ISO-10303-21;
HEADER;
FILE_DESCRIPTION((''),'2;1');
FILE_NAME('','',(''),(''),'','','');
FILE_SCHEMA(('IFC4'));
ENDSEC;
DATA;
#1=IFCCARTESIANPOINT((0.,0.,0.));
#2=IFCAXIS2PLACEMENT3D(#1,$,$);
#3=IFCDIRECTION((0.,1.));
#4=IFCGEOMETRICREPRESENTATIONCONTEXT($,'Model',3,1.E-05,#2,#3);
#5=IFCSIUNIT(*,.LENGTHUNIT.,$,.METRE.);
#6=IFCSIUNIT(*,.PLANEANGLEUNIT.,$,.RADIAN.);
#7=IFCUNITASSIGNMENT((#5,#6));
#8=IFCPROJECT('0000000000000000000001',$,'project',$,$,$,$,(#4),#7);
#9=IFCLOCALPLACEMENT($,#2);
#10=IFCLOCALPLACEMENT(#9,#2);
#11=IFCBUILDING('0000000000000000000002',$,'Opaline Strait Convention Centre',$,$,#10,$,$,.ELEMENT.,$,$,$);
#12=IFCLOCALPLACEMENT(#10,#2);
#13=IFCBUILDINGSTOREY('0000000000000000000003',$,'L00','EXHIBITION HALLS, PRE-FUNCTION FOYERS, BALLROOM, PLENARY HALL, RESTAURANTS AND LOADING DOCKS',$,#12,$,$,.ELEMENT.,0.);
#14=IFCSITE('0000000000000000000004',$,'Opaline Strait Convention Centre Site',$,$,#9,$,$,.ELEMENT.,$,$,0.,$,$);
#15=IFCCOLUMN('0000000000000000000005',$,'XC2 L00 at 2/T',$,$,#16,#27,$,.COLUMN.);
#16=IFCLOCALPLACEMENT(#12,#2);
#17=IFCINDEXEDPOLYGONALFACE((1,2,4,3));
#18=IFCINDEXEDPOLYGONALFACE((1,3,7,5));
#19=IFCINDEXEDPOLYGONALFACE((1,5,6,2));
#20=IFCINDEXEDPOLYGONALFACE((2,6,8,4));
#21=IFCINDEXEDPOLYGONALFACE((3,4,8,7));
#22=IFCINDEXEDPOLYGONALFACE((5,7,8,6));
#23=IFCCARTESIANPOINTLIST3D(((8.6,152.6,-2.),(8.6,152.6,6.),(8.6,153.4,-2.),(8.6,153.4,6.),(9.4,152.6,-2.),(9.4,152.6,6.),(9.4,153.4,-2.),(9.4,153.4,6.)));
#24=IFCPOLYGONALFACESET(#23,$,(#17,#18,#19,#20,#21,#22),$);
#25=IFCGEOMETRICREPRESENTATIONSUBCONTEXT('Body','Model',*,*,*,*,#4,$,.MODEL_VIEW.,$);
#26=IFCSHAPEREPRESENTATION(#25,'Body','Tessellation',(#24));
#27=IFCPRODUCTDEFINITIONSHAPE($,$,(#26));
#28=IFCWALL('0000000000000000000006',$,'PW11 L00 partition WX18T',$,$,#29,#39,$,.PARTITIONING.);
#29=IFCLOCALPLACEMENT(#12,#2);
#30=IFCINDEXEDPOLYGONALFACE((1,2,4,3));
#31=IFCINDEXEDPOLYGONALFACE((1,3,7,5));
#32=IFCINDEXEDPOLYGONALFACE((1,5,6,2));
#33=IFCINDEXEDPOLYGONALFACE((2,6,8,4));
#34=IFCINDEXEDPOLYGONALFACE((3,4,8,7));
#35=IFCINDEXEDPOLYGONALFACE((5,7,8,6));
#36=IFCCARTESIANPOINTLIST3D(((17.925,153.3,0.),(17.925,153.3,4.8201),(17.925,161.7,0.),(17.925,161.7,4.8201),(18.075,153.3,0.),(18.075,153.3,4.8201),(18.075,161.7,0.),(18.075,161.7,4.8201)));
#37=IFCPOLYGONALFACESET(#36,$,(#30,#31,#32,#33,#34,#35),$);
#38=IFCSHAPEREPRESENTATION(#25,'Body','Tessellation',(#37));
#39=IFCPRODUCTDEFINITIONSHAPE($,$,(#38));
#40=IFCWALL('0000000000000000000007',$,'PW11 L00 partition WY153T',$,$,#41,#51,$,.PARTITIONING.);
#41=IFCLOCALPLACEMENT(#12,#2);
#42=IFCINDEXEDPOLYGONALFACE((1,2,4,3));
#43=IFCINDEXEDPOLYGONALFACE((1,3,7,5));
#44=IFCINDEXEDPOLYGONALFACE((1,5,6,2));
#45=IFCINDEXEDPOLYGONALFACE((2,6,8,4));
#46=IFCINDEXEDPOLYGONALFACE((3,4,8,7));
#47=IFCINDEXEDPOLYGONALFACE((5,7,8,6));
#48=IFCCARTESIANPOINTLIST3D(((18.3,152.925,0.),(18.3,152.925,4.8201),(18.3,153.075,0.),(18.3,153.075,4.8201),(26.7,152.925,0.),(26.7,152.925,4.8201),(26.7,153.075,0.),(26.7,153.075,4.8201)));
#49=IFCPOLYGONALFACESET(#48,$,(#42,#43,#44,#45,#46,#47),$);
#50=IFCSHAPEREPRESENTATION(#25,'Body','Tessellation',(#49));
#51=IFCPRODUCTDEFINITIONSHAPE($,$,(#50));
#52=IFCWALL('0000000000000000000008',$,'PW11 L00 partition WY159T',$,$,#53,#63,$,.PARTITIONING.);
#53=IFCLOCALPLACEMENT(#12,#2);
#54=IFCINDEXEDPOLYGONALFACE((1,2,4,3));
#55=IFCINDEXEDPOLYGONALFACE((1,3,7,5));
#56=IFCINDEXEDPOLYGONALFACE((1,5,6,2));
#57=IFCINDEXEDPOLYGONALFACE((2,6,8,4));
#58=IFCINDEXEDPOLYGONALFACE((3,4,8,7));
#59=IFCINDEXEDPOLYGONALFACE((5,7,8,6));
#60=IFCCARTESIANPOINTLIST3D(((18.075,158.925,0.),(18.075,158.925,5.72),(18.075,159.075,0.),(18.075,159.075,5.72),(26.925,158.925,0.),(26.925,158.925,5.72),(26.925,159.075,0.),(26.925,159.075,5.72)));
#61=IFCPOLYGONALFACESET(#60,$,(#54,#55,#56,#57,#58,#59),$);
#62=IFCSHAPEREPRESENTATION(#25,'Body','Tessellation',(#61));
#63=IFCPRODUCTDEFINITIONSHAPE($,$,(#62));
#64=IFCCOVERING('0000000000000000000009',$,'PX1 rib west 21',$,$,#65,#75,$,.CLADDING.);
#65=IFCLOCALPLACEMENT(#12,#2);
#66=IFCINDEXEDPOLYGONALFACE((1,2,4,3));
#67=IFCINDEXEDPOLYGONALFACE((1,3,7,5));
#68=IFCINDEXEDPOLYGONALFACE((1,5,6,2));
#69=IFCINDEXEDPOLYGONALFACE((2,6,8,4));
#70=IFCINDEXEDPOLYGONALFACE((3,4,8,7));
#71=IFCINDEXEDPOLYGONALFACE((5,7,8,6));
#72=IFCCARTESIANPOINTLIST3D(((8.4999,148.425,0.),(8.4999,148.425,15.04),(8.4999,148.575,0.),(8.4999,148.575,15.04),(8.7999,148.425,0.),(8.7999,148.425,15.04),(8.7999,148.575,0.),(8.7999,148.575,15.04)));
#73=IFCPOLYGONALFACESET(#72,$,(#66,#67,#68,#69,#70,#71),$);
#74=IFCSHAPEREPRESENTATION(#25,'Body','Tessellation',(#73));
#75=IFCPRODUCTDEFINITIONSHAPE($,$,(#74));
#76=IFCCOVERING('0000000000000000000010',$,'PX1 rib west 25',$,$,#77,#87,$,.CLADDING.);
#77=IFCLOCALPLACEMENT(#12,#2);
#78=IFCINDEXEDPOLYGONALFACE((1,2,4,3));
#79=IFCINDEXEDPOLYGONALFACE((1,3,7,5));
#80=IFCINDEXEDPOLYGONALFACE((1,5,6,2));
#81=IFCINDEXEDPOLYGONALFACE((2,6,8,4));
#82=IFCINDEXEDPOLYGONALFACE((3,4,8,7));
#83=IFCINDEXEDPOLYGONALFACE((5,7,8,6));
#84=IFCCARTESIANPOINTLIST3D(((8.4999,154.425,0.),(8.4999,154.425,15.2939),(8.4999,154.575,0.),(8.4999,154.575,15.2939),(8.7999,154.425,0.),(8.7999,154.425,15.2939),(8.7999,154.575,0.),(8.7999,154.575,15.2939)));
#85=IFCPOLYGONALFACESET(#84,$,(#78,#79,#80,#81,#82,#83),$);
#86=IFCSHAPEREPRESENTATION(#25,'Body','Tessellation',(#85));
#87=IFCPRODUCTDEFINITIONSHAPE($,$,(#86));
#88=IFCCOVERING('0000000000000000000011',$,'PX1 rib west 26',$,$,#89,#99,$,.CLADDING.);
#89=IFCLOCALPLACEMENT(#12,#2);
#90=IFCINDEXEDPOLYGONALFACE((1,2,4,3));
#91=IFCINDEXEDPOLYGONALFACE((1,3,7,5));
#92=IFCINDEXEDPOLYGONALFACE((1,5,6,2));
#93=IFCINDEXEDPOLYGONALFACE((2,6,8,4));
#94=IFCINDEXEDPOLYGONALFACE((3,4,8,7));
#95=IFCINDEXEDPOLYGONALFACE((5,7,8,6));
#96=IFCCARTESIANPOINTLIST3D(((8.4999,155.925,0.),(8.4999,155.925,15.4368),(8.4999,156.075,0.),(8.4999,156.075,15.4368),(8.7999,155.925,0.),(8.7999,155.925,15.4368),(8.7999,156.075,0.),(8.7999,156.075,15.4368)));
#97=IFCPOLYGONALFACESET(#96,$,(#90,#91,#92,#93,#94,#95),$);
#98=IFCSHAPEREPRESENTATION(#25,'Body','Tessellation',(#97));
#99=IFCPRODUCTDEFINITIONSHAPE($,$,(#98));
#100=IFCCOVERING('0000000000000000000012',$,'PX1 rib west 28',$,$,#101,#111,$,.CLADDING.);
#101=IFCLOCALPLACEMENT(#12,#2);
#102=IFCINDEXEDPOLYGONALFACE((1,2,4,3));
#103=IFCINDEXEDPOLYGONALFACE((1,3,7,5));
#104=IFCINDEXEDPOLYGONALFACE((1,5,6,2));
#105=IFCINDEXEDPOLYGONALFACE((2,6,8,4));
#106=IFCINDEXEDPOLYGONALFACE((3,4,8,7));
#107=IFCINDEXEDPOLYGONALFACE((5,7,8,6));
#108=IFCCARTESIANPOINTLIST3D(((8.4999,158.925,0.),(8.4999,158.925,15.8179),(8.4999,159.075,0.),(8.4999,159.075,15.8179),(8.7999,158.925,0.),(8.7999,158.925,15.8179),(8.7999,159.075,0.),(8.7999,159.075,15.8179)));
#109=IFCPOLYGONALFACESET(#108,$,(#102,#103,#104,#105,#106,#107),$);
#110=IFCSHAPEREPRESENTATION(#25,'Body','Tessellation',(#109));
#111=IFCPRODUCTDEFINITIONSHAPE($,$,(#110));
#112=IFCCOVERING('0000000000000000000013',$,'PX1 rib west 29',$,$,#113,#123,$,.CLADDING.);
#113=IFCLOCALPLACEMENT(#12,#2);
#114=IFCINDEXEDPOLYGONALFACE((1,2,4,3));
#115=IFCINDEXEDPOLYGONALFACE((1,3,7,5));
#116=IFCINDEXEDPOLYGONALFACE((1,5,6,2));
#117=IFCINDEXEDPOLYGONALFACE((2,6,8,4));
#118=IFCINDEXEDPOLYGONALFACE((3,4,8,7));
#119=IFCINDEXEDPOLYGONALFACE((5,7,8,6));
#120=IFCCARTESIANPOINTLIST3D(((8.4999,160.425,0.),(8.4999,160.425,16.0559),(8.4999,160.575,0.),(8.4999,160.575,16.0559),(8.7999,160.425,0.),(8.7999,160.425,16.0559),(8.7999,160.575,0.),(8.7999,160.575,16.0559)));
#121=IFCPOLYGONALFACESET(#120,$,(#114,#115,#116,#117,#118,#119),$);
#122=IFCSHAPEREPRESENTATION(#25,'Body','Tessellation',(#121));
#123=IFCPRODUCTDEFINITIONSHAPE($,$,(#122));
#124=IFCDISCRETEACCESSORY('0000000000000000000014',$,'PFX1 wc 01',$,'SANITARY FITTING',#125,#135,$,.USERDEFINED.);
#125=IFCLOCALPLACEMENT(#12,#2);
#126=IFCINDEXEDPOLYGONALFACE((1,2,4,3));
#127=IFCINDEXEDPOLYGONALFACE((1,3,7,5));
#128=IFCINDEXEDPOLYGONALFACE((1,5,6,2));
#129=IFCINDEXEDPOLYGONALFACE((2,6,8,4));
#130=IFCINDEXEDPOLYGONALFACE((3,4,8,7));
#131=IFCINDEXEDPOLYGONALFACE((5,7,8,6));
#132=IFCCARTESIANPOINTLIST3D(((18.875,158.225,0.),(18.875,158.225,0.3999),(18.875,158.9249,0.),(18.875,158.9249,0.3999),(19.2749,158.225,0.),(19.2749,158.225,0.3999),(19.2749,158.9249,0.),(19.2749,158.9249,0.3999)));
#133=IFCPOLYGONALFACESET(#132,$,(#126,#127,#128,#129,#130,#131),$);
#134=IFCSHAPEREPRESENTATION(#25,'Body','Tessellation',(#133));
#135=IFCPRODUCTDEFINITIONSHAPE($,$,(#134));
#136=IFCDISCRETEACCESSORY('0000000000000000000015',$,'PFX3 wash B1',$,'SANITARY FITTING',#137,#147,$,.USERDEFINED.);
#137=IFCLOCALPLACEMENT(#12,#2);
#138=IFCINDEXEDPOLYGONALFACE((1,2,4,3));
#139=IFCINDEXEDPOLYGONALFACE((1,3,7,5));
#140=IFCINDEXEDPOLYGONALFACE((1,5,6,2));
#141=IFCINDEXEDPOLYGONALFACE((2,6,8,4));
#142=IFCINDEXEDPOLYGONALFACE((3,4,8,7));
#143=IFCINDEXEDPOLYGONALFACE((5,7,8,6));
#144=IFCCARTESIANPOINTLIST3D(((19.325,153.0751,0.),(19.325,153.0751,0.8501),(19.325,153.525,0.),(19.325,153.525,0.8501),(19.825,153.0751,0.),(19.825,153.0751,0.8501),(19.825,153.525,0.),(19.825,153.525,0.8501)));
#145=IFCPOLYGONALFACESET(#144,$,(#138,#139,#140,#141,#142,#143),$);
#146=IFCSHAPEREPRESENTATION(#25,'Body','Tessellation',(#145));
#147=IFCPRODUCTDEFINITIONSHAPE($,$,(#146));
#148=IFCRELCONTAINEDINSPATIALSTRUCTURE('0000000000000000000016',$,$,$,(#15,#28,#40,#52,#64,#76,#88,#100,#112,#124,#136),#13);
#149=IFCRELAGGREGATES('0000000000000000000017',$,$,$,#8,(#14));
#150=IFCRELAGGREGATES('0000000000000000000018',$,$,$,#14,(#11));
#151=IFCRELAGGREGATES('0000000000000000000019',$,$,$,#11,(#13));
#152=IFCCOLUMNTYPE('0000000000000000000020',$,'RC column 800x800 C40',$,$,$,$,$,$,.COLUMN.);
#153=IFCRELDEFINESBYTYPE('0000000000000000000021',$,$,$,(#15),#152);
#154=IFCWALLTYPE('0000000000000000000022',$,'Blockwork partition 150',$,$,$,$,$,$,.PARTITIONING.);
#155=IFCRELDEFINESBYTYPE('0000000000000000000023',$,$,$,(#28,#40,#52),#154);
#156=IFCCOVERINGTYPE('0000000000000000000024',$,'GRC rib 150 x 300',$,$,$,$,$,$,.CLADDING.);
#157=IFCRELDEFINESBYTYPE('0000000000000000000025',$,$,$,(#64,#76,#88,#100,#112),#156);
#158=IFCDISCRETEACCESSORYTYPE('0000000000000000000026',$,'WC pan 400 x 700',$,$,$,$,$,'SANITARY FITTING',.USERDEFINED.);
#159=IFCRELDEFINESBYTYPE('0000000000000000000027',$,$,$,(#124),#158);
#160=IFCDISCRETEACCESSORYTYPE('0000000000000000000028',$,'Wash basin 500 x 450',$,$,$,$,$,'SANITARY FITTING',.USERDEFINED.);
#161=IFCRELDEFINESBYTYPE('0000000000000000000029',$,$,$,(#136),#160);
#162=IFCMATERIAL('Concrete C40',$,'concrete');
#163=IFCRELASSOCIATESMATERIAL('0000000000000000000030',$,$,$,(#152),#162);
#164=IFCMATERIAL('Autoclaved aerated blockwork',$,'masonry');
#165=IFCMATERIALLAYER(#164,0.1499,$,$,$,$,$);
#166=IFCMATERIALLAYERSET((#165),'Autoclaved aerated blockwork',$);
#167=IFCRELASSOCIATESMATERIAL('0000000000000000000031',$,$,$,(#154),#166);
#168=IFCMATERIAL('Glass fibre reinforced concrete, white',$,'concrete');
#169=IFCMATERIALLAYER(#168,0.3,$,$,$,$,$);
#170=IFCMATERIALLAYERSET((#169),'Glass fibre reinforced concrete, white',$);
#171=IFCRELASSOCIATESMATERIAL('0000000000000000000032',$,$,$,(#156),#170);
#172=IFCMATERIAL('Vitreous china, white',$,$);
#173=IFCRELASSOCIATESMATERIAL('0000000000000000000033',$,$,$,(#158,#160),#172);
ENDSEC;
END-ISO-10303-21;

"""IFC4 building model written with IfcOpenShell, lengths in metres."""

from ifc_helpers import new_model, si_unit, direction, frame, frame_2d, origin, origin_2d, place, context, subcontext, project, spatial, rectangle, extrude, material, layer, layer_set, material_profile, profile_set, type_object, element, save


model = new_model("IFC4")

# Units and contexts
model_context = context("Model", 3, precision=1e-05, world=origin(), true_north=direction((0.0, 1.0)))
body_context = subcontext(model_context, "Body", "Model", "MODEL_VIEW")
ifc_project = project(units=[si_unit("LENGTHUNIT", "METRE"), si_unit("PLANEANGLEUNIT", "RADIAN")], contexts=[model_context])

# Site, building, storey
site_placement = place(None, origin())
site = spatial("IfcSite", under=ifc_project, at=site_placement, Name="Opaline Strait Convention Centre Site", CompositionType="ELEMENT", RefElevation=0.0)
building_placement = place(site_placement, origin())
building = spatial("IfcBuilding", under=site, at=building_placement, Name="Opaline Strait Convention Centre", CompositionType="ELEMENT")
storey_placement = place(building_placement, origin())
storey = spatial("IfcBuildingStorey", under=building, at=storey_placement, Name="L00", Description="EXHIBITION HALLS, PRE-FUNCTION FOYERS, BALLROOM, PLENARY HALL, RESTAURANTS AND LOADING DOCKS", CompositionType="ELEMENT", Elevation=0.0)

# Column
ifc_material_1 = material(Name="Concrete C40", Category="concrete")
ifc_material_profile_1 = material_profile(ifc_material_1, rectangle(XDim=0.8, YDim=0.8, at=origin_2d()), Name="RC 800x800")
ifc_profile_set_1 = profile_set([ifc_material_profile_1], Name="Concrete C40")
column_type_1 = type_object("IfcColumnType", Name="RC column 800x800 C40", PredefinedType="COLUMN", material=ifc_profile_set_1)
column_1_placement = place(storey_placement, frame((9.0, 153.0, -2.0), z_axis=(0.0, 0.0, 1.0), x_axis=(1.0, 0.0, 0.0)))
element("IfcColumn", 1, at=column_1_placement, inside=storey, type_object=column_type_1, Name="XC2 L00 at 2/T", PredefinedType="COLUMN", context=body_context, shape_type="SweptSolid", body=[
    extrude(rectangle(XDim=0.8, YDim=0.8, at=origin_2d()), origin(), (0.0, 0.0, 1.0), 8.0),
])

# Walls
ifc_material_2 = material(Name="Autoclaved aerated blockwork", Category="masonry")
ifc_layer_1 = layer(ifc_material_2, 0.1499)
ifc_layer_set_1 = layer_set([ifc_layer_1], Name="Autoclaved aerated blockwork")
wall_type_1 = type_object("IfcWallType", Name="Blockwork partition 150", PredefinedType="PARTITIONING", material=ifc_layer_set_1)
for number, where, z_axis, x_axis, name in (
    (2, (18.0, 153.3, 0.0), (0.0, 0.0, 1.0), (0.0, 1.0, 0.0), "PW11 L00 partition WX18T"),
    (3, (18.3, 153.0, 0.0), (0.0, 0.0, 1.0), (1.0, 0.0, 0.0), "PW11 L00 partition WY153T"),
):
    element("IfcWall", number, at=place(storey_placement, frame(where, z_axis=z_axis, x_axis=x_axis)), inside=storey, type_object=wall_type_1, Name=name, PredefinedType="PARTITIONING", context=body_context, shape_type="SweptSolid", body=[
        extrude(rectangle(XDim=8.3999, YDim=0.1499, at=frame_2d((4.2, 0.0))), origin(), (0.0, 0.0, 1.0), 4.8201),
    ])
wall_1_placement = place(storey_placement, frame((18.075, 159.0, 0.0), z_axis=(0.0, 0.0, 1.0), x_axis=(1.0, 0.0, 0.0)))
element("IfcWall", 4, at=wall_1_placement, inside=storey, type_object=wall_type_1, Name="PW11 L00 partition WY159T", PredefinedType="PARTITIONING", context=body_context, shape_type="SweptSolid", body=[
    extrude(rectangle(XDim=8.8501, YDim=0.1499, at=frame_2d((4.425, 0.0))), origin(), (0.0, 0.0, 1.0), 5.72),
])

# Coverings
ifc_material_3 = material(Name="Glass fibre reinforced concrete, white", Category="concrete")
ifc_layer_2 = layer(ifc_material_3, 0.3)
ifc_layer_set_2 = layer_set([ifc_layer_2], Name="Glass fibre reinforced concrete, white")
covering_type = type_object("IfcCoveringType", Name="GRC rib 150 x 300", PredefinedType="CLADDING", material=ifc_layer_set_2)
covering_1_placement = place(storey_placement, frame((8.6499, 148.5, 0.0), z_axis=(0.0, 0.0, 1.0), x_axis=(1.0, 0.0, 0.0)))
element("IfcCovering", 5, at=covering_1_placement, inside=storey, type_object=covering_type, Name="PX1 rib west 21", PredefinedType="CLADDING", context=body_context, shape_type="SweptSolid", body=[
    extrude(rectangle(XDim=0.3, YDim=0.1499, at=origin_2d()), origin(), (0.0, 0.0, 1.0), 15.04),
])
covering_2_placement = place(storey_placement, frame((8.6499, 154.5, 0.0), z_axis=(0.0, 0.0, 1.0), x_axis=(1.0, 0.0, 0.0)))
element("IfcCovering", 6, at=covering_2_placement, inside=storey, type_object=covering_type, Name="PX1 rib west 25", PredefinedType="CLADDING", context=body_context, shape_type="SweptSolid", body=[
    extrude(rectangle(XDim=0.3, YDim=0.1499, at=origin_2d()), origin(), (0.0, 0.0, 1.0), 15.2939),
])
covering_3_placement = place(storey_placement, frame((8.6499, 156.0, 0.0), z_axis=(0.0, 0.0, 1.0), x_axis=(1.0, 0.0, 0.0)))
element("IfcCovering", 7, at=covering_3_placement, inside=storey, type_object=covering_type, Name="PX1 rib west 26", PredefinedType="CLADDING", context=body_context, shape_type="SweptSolid", body=[
    extrude(rectangle(XDim=0.3, YDim=0.1499, at=origin_2d()), origin(), (0.0, 0.0, 1.0), 15.4368),
])
covering_4_placement = place(storey_placement, frame((8.6499, 159.0, 0.0), z_axis=(0.0, 0.0, 1.0), x_axis=(1.0, 0.0, 0.0)))
element("IfcCovering", 8, at=covering_4_placement, inside=storey, type_object=covering_type, Name="PX1 rib west 28", PredefinedType="CLADDING", context=body_context, shape_type="SweptSolid", body=[
    extrude(rectangle(XDim=0.3, YDim=0.1499, at=origin_2d()), origin(), (0.0, 0.0, 1.0), 15.8179),
])
covering_5_placement = place(storey_placement, frame((8.6499, 160.5, 0.0), z_axis=(0.0, 0.0, 1.0), x_axis=(1.0, 0.0, 0.0)))
element("IfcCovering", 9, at=covering_5_placement, inside=storey, type_object=covering_type, Name="PX1 rib west 29", PredefinedType="CLADDING", context=body_context, shape_type="SweptSolid", body=[
    extrude(rectangle(XDim=0.3, YDim=0.1499, at=origin_2d()), origin(), (0.0, 0.0, 1.0), 16.0559),
])

# Discrete accessories
ifc_material_4 = material(Name="Vitreous china, white")
discrete_accessory_type_1 = type_object("IfcDiscreteAccessoryType", Name="WC pan 400 x 700", ElementType="SANITARY FITTING", PredefinedType="USERDEFINED", material=ifc_material_4)
discrete_accessory_1_placement = place(storey_placement, frame((19.075, 158.575, 0.0), z_axis=(0.0, 0.0, 1.0), x_axis=(1.0, 0.0, 0.0)))
element("IfcDiscreteAccessory", 10, at=discrete_accessory_1_placement, inside=storey, type_object=discrete_accessory_type_1, Name="PFX1 wc 01", ObjectType="SANITARY FITTING", PredefinedType="USERDEFINED", context=body_context, shape_type="SweptSolid", body=[
    extrude(rectangle(XDim=0.3999, YDim=0.7, at=origin_2d()), origin(), (0.0, 0.0, 1.0), 0.3999),
])
discrete_accessory_type_2 = type_object("IfcDiscreteAccessoryType", Name="Wash basin 500 x 450", ElementType="SANITARY FITTING", PredefinedType="USERDEFINED", material=ifc_material_4)
discrete_accessory_2_placement = place(storey_placement, frame((19.575, 153.3, 0.0), z_axis=(0.0, 0.0, 1.0), x_axis=(1.0, 0.0, 0.0)))
element("IfcDiscreteAccessory", 11, at=discrete_accessory_2_placement, inside=storey, type_object=discrete_accessory_type_2, Name="PFX3 wash B1", ObjectType="SANITARY FITTING", PredefinedType="USERDEFINED", context=body_context, shape_type="SweptSolid", body=[
    extrude(rectangle(XDim=0.5, YDim=0.45, at=origin_2d()), origin(), (0.0, 0.0, 1.0), 0.8501),
])

save(model, "model.ifc")
